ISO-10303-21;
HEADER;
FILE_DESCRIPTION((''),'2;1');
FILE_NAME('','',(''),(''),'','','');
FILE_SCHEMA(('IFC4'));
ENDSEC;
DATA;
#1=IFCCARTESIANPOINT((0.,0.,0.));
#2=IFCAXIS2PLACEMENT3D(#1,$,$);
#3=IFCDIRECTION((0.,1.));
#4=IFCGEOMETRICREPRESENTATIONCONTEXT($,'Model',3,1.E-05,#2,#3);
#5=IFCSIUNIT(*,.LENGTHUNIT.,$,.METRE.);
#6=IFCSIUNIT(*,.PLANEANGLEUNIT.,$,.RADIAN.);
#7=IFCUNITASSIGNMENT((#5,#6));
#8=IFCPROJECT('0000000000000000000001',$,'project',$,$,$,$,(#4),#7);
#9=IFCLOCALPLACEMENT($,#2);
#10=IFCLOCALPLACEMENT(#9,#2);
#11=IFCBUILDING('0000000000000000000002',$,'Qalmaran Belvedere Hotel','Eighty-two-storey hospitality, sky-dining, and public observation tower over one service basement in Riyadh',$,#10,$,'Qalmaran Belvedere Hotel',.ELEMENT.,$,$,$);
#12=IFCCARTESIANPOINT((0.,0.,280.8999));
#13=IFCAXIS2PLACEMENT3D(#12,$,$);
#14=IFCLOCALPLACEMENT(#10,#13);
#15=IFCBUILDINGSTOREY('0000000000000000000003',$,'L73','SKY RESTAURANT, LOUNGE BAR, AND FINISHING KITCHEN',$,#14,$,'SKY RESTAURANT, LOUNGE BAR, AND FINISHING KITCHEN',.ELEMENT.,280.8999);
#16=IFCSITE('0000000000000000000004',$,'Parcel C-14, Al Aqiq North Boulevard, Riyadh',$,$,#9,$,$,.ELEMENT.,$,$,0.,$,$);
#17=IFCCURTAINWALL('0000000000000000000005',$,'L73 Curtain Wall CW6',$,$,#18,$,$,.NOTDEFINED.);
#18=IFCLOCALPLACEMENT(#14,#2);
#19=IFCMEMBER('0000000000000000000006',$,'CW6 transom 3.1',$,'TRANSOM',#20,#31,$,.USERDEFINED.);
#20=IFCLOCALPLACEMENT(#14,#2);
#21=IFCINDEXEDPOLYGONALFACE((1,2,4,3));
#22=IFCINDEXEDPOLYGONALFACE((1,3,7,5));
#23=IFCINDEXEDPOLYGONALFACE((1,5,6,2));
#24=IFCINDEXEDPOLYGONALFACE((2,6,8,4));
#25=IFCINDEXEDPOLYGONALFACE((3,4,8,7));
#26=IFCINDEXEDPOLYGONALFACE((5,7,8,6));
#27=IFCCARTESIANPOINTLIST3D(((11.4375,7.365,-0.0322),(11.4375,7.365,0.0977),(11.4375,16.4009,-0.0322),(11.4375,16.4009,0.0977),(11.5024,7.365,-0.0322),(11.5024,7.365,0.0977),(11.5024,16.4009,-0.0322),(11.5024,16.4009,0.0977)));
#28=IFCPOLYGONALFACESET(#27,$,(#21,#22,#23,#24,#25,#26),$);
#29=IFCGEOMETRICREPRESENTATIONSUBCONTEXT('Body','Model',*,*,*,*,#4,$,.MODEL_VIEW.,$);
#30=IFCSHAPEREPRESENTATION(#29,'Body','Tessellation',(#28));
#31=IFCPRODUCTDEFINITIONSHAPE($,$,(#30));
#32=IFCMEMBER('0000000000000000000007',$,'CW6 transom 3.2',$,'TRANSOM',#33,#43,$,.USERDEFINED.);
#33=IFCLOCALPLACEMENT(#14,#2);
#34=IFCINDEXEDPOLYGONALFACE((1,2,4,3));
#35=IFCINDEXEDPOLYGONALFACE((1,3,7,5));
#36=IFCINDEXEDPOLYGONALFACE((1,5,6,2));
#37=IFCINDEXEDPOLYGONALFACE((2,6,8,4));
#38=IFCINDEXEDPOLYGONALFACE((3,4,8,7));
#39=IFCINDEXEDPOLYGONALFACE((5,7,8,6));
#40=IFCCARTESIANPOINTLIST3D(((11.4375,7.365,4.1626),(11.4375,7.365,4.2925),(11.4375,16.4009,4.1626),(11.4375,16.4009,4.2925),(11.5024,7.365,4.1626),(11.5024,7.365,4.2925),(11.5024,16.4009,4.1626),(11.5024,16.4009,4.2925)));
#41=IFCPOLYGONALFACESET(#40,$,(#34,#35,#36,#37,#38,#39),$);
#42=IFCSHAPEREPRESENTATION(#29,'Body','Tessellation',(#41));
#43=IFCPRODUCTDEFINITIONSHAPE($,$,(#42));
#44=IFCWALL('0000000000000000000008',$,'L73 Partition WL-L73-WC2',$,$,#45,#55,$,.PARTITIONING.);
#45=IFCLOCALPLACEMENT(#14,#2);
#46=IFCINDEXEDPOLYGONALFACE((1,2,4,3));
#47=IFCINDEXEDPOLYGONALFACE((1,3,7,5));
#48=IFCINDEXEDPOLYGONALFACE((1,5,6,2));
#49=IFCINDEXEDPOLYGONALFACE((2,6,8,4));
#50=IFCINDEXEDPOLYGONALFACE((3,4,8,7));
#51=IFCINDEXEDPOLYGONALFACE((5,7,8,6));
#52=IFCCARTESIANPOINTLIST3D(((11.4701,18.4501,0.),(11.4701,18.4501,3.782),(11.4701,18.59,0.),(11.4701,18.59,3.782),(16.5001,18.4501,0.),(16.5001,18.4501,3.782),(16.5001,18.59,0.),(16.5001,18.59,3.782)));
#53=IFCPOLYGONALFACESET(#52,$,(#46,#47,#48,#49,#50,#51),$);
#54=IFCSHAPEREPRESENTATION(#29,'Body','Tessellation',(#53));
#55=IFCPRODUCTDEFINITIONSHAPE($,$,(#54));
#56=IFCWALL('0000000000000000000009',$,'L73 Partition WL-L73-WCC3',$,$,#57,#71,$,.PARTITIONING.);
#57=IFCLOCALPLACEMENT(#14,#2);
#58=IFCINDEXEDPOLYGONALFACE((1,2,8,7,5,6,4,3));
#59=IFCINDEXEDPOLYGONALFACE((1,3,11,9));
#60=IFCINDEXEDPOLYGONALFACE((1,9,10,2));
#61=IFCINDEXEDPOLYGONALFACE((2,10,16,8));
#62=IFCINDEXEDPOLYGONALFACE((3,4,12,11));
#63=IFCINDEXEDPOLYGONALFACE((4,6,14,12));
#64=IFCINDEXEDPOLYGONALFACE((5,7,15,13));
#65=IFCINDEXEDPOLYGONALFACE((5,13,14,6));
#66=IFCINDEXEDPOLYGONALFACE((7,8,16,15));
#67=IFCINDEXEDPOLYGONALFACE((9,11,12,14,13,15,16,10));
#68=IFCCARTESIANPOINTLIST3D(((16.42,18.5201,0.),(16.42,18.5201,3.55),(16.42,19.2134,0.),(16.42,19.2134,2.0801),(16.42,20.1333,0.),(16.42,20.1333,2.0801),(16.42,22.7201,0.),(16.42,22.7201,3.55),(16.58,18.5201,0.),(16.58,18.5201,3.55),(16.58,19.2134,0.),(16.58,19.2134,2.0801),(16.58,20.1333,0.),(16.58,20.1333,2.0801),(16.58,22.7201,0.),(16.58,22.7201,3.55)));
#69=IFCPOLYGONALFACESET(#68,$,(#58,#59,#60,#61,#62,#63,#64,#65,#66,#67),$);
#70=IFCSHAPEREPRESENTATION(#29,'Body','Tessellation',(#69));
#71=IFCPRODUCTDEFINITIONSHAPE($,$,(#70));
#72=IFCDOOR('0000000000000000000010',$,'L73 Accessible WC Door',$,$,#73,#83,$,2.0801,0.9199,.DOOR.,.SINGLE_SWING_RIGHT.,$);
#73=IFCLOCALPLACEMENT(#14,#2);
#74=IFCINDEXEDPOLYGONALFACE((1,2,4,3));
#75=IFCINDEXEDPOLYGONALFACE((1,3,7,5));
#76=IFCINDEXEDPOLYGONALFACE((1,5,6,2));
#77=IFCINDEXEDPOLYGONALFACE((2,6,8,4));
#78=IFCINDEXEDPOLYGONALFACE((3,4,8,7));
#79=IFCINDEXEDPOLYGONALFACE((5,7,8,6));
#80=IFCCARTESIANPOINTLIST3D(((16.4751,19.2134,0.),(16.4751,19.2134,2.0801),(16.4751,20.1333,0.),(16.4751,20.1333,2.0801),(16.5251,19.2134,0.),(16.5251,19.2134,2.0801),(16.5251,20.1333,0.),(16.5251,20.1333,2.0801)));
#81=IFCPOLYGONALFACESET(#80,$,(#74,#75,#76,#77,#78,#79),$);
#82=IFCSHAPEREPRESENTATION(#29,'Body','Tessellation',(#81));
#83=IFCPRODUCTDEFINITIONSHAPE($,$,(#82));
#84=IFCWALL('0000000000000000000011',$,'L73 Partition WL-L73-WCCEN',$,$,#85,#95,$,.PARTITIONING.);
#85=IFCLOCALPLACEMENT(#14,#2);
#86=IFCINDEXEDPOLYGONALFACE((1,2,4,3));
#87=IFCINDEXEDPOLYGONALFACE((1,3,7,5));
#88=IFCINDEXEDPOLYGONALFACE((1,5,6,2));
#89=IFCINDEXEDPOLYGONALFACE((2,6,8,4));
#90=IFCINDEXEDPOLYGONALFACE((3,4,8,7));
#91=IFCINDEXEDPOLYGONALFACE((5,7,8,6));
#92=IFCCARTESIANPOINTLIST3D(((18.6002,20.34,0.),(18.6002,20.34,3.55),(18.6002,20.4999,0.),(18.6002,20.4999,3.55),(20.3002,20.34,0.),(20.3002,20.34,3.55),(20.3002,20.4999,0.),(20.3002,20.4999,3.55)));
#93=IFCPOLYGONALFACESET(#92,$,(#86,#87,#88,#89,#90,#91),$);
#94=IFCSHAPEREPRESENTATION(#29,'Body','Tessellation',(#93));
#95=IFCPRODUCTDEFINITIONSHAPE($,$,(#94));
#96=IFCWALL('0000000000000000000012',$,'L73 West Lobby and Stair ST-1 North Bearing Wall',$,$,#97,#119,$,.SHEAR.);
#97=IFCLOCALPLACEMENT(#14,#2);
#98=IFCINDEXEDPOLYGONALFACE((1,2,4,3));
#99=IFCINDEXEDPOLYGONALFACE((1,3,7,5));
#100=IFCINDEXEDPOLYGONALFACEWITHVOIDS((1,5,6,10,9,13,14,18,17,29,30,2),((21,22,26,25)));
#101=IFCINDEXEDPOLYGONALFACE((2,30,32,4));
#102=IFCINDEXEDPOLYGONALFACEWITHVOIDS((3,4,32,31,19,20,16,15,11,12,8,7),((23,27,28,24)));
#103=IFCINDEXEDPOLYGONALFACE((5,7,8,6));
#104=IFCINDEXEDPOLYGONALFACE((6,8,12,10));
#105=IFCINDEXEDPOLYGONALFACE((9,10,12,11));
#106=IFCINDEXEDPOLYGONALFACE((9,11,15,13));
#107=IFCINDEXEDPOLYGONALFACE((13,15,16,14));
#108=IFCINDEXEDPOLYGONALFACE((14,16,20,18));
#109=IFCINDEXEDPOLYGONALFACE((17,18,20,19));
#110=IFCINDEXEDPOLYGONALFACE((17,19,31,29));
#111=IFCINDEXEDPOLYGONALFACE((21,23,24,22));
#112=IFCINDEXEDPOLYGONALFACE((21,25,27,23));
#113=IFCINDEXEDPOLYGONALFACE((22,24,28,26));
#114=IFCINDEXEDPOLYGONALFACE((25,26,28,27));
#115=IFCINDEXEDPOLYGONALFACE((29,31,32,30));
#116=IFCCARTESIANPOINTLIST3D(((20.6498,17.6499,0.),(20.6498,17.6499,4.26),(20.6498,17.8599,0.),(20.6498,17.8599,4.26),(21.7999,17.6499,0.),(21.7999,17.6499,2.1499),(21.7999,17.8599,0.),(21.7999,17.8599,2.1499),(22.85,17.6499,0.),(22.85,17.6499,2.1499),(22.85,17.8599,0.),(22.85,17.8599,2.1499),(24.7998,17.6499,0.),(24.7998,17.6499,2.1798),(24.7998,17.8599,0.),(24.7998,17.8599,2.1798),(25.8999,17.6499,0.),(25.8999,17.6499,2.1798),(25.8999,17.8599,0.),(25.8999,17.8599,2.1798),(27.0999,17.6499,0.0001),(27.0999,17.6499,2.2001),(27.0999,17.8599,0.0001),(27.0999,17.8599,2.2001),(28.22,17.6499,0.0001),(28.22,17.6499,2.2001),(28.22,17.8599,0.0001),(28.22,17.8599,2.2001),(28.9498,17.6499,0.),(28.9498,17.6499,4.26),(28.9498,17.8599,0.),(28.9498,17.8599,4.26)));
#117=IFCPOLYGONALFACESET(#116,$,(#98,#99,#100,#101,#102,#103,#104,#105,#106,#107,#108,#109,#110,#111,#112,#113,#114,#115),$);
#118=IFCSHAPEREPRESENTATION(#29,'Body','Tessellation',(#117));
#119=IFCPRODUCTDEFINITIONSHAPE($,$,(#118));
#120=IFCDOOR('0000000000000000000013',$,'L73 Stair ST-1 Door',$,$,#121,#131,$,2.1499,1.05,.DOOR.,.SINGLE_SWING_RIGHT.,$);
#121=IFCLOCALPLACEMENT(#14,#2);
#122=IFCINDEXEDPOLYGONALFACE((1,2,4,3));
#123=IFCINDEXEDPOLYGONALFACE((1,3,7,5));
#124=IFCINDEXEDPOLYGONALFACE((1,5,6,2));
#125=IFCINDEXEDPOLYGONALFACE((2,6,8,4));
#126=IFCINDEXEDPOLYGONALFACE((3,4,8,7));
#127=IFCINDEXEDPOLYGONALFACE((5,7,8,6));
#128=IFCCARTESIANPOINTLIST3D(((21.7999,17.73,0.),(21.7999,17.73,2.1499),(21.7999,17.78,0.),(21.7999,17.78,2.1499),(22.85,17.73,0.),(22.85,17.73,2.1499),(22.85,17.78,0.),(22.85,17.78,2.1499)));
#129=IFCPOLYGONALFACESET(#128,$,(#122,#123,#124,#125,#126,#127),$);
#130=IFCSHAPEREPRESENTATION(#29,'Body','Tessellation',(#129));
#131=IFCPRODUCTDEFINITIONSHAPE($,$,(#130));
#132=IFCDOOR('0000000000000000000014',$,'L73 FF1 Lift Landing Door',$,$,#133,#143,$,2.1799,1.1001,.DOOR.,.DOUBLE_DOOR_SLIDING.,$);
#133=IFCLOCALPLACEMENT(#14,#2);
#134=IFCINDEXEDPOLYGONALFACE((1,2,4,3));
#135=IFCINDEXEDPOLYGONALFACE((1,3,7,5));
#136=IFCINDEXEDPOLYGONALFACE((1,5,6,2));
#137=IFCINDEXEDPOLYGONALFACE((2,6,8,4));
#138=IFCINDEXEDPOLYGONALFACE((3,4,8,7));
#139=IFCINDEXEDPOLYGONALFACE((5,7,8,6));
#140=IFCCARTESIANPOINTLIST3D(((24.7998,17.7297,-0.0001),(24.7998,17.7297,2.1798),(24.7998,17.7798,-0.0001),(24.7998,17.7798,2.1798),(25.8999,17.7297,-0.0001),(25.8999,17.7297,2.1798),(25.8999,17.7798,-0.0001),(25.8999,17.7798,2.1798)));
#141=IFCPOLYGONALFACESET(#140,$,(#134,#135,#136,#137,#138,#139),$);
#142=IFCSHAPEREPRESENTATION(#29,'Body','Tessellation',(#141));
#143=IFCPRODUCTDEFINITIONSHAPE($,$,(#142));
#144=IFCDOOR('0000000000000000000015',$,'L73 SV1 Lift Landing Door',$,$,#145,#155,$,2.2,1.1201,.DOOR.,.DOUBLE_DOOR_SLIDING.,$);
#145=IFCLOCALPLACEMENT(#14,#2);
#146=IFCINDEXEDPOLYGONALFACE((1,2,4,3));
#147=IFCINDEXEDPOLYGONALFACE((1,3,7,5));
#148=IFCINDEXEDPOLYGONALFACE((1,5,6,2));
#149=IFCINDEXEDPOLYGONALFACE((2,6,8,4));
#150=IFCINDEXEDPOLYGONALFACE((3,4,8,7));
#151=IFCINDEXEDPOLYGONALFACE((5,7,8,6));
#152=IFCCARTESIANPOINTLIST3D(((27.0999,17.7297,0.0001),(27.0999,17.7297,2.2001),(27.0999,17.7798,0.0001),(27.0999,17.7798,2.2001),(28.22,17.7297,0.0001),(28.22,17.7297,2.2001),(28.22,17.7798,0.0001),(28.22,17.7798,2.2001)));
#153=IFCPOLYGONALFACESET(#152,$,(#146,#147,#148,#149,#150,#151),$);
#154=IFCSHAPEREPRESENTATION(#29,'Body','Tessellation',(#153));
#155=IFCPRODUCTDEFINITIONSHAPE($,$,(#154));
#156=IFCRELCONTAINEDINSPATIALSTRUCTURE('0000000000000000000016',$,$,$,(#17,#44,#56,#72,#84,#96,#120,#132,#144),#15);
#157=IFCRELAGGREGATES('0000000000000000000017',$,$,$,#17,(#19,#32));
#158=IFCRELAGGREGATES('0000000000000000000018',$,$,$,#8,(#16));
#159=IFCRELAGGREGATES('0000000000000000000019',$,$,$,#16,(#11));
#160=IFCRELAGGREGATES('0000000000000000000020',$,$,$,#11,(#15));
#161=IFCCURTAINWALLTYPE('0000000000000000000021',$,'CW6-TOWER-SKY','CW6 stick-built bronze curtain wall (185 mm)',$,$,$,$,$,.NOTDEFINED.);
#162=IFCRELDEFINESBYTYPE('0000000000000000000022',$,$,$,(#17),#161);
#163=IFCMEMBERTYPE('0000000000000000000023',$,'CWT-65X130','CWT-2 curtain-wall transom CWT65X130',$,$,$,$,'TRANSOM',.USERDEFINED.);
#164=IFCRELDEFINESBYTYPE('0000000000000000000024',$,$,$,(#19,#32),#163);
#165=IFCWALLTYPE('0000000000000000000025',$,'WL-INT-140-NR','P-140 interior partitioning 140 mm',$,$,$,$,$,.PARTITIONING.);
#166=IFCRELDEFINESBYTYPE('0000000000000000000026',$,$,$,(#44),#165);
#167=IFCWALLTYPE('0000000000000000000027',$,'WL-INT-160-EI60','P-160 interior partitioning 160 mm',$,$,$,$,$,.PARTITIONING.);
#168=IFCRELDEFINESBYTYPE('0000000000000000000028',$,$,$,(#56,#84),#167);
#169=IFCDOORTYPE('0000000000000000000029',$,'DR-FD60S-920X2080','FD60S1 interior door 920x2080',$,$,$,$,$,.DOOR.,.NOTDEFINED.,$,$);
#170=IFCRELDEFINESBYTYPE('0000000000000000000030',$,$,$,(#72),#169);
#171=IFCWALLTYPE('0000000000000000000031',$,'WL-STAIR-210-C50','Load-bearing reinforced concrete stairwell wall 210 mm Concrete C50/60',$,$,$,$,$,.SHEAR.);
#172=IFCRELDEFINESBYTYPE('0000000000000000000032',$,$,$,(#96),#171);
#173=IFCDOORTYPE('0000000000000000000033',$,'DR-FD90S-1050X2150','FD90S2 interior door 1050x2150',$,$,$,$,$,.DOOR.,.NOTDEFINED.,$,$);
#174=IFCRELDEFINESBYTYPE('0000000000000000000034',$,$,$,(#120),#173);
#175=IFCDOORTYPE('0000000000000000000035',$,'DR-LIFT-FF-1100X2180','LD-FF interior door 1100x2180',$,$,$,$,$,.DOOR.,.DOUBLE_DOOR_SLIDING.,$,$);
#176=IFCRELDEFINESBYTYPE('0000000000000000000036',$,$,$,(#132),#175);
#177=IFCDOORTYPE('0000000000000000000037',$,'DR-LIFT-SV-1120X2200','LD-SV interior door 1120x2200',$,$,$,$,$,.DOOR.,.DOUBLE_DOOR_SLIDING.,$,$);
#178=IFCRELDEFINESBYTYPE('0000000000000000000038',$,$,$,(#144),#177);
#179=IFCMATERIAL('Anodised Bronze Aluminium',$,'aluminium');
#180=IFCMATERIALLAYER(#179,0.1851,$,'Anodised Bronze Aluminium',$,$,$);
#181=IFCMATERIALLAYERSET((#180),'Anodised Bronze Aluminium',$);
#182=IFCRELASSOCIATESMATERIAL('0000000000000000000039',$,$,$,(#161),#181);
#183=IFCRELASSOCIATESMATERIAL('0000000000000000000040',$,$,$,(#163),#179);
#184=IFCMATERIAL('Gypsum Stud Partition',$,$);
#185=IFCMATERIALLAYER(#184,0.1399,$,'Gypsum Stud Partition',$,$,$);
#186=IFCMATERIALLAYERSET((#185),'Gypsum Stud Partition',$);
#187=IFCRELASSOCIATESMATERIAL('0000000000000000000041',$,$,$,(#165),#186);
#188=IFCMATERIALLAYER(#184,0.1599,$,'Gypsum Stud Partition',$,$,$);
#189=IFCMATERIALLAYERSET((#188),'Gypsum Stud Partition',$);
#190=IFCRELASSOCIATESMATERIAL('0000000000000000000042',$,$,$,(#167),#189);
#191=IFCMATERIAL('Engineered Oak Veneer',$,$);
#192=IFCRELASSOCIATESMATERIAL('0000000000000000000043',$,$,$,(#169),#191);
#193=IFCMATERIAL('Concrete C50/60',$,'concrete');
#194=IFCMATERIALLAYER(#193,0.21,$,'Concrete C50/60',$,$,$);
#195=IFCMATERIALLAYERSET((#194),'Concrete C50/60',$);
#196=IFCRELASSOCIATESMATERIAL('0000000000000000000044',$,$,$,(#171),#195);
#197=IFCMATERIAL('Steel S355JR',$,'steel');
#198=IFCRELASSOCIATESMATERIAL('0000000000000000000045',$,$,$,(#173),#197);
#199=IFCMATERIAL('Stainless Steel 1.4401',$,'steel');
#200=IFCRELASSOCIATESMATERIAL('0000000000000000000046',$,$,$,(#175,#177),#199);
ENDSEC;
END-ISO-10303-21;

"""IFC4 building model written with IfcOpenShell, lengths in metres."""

from ifc_helpers import new_model, si_unit, direction, frame, frame_2d, origin, origin_2d, place, context, subcontext, project, spatial, rectangle, extrude, material, layer, layer_set, material_profile, profile_set, type_object, element, fill, aggregate, save


model = new_model("IFC4")

# Units and contexts
model_context = context("Model", 3, precision=1e-05, world=origin(), true_north=direction((0.0, 1.0)))
body_context = subcontext(model_context, "Body", "Model", "MODEL_VIEW")
ifc_project = project(units=[si_unit("LENGTHUNIT", "METRE"), si_unit("PLANEANGLEUNIT", "RADIAN")], contexts=[model_context])

# Site, building, storey
site_placement = place(None, origin())
site = spatial("IfcSite", under=ifc_project, at=site_placement, Name="Parcel C-14, Al Aqiq North Boulevard, Riyadh", CompositionType="ELEMENT", RefElevation=0.0)
building_placement = place(site_placement, origin())
building = spatial("IfcBuilding", under=site, at=building_placement, Name="Qalmaran Belvedere Hotel", Description="Eighty-two-storey hospitality, sky-dining, and public observation tower over one service basement in Riyadh", LongName="Qalmaran Belvedere Hotel", CompositionType="ELEMENT")
storey_placement = place(building_placement, frame((0.0, 0.0, 280.8999)))
storey = spatial("IfcBuildingStorey", under=building, at=storey_placement, Name="L73", Description="SKY RESTAURANT, LOUNGE BAR, AND FINISHING KITCHEN", LongName="SKY RESTAURANT, LOUNGE BAR, AND FINISHING KITCHEN", CompositionType="ELEMENT", Elevation=280.8999)

# Shared definitions
ifc_material_1 = material(Name="Concrete C50/60", Category="concrete")

# Shared definitions
ifc_material_2 = material(Name="Steel S355JR", Category="steel")

# Curtain wall, members
ifc_material_3 = material(Name="Anodised Bronze Aluminium", Category="aluminium")
ifc_layer_1 = layer(ifc_material_3, 0.1851, Name="Anodised Bronze Aluminium")
ifc_layer_set_1 = layer_set([ifc_layer_1], Name="Anodised Bronze Aluminium")
curtain_wall_type = type_object("IfcCurtainWallType", Name="CW6-TOWER-SKY", Description="CW6 stick-built bronze curtain wall (185 mm)", PredefinedType="NOTDEFINED", material=ifc_layer_set_1)
curtain_wall_placement = place(storey_placement, origin())
curtain_wall = element("IfcCurtainWall", 1, at=curtain_wall_placement, inside=storey, type_object=curtain_wall_type, Name="L73 Curtain Wall CW6", PredefinedType="NOTDEFINED")
ifc_material_profile_1 = material_profile(ifc_material_3, rectangle(XDim=0.0649, YDim=0.1299, at=origin_2d()), Name="CWT65X130")
ifc_profile_set_1 = profile_set([ifc_material_profile_1], Name="Anodised Bronze Aluminium")
member_type_1 = type_object("IfcMemberType", Name="CWT-65X130", Description="CWT-2 curtain-wall transom CWT65X130", ElementType="TRANSOM", PredefinedType="USERDEFINED", material=ifc_profile_set_1)
member_1_placement = place(storey_placement, frame((11.47, 16.4009, 0.0327), z_axis=(0.0, -1.0, 0.0), x_axis=(1.0, 0.0, 0.0)))
member_1 = element("IfcMember", 2, at=member_1_placement, type_object=member_type_1, Name="CW6 transom 3.1", ObjectType="TRANSOM", PredefinedType="USERDEFINED", context=body_context, shape_type="SweptSolid", body=[
    extrude(rectangle(XDim=0.0649, YDim=0.1299, at=origin_2d()), origin(), (0.0, 0.0, 1.0), 9.0359),
])
member_2_placement = place(storey_placement, frame((11.47, 16.4009, 4.2275), z_axis=(0.0, -1.0, 0.0), x_axis=(1.0, 0.0, 0.0)))
member_2 = element("IfcMember", 3, at=member_2_placement, type_object=member_type_1, Name="CW6 transom 3.2", ObjectType="TRANSOM", PredefinedType="USERDEFINED", context=body_context, shape_type="SweptSolid", body=[
    extrude(rectangle(XDim=0.0649, YDim=0.1299, at=origin_2d()), origin(), (0.0, 0.0, 1.0), 9.0359),
])
aggregate(curtain_wall, [member_1, member_2])

# Wall
ifc_material_4 = material(Name="Gypsum Stud Partition")
ifc_layer_2 = layer(ifc_material_4, 0.1399, Name="Gypsum Stud Partition")
ifc_layer_set_2 = layer_set([ifc_layer_2], Name="Gypsum Stud Partition")
wall_type_1 = type_object("IfcWallType", Name="WL-INT-140-NR", Description="P-140 interior partitioning 140 mm", PredefinedType="PARTITIONING", material=ifc_layer_set_2)
wall_1_placement = place(storey_placement, frame((11.47, 18.52, 0.0), z_axis=(0.0, 0.0, 1.0), x_axis=(1.0, 0.0, 0.0)))
element("IfcWall", 4, at=wall_1_placement, inside=storey, type_object=wall_type_1, Name="L73 Partition WL-L73-WC2", PredefinedType="PARTITIONING", context=body_context, shape_type="SweptSolid", body=[
    extrude(rectangle(XDim=5.03, YDim=0.1399, at=frame_2d((2.5151, 0.0))), origin(), (0.0, 0.0, 1.0), 3.782),
])

# Wall, opening, door
ifc_layer_3 = layer(ifc_material_4, 0.1599, Name="Gypsum Stud Partition")
ifc_layer_set_3 = layer_set([ifc_layer_3], Name="Gypsum Stud Partition")
wall_type_2 = type_object("IfcWallType", Name="WL-INT-160-EI60", Description="P-160 interior partitioning 160 mm", PredefinedType="PARTITIONING", material=ifc_layer_set_3)
wall_2_placement = place(storey_placement, frame((16.5, 18.52, 0.0), z_axis=(0.0, 0.0, 1.0), x_axis=(0.0, 1.0, 0.0)))
wall_2 = element("IfcWall", 5, at=wall_2_placement, inside=storey, type_object=wall_type_2, Name="L73 Partition WL-L73-WCC3", PredefinedType="PARTITIONING", context=body_context, shape_type="SweptSolid", body=[
    extrude(rectangle(XDim=4.2, YDim=0.1599, at=frame_2d((2.1001, 0.0))), origin(), (0.0, 0.0, 1.0), 3.55),
])
opening_1_placement = place(wall_2_placement, frame((0.6934, 0.0, 0.0)))
opening_1 = element("IfcOpeningElement", 6, at=opening_1_placement, cuts=wall_2, PredefinedType="OPENING", context=body_context, shape_type="SweptSolid", body=[
    extrude(rectangle(XDim=0.9199, YDim=2.0801, at=frame_2d((0.46, 1.04))), frame((0.0, 0.0898, 0.0), z_axis=(0.0, -1.0, 0.0), x_axis=(1.0, 0.0, 0.0)), (0.0, 0.0, 1.0), 0.1799),
])
ifc_material_5 = material(Name="Engineered Oak Veneer")
door_type_1 = type_object("IfcDoorType", Name="DR-FD60S-920X2080", Description="FD60S1 interior door 920x2080", OperationType="NOTDEFINED", PredefinedType="DOOR", material=ifc_material_5)
door_1_placement = place(opening_1_placement, origin())
door_1 = element("IfcDoor", 7, at=door_1_placement, inside=storey, type_object=door_type_1, Name="L73 Accessible WC Door", OperationType="SINGLE_SWING_RIGHT", OverallHeight=2.0801, OverallWidth=0.9199, PredefinedType="DOOR", context=body_context, shape_type="SweptSolid", body=[
    extrude(rectangle(XDim=0.9199, YDim=2.0801, at=frame_2d((0.46, 1.04))), frame((0.0, 0.0249, 0.0), z_axis=(0.0, -1.0, 0.0), x_axis=(1.0, 0.0, 0.0)), (0.0, 0.0, 1.0), 0.05),
])
fill(opening_1, door_1)

# Wall
wall_3_placement = place(storey_placement, frame((18.6001, 20.4199, 0.0), z_axis=(0.0, 0.0, 1.0), x_axis=(1.0, 0.0, 0.0)))
element("IfcWall", 8, at=wall_3_placement, inside=storey, type_object=wall_type_2, Name="L73 Partition WL-L73-WCCEN", PredefinedType="PARTITIONING", context=body_context, shape_type="SweptSolid", body=[
    extrude(rectangle(XDim=1.7, YDim=0.1599, at=frame_2d((0.8501, 0.0))), origin(), (0.0, 0.0, 1.0), 3.55),
])

# Wall, openings, doors
ifc_layer_4 = layer(ifc_material_1, 0.21, Name="Concrete C50/60")
ifc_layer_set_4 = layer_set([ifc_layer_4], Name="Concrete C50/60")
wall_type_3 = type_object("IfcWallType", Name="WL-STAIR-210-C50", Description="Load-bearing reinforced concrete stairwell wall 210 mm Concrete C50/60", PredefinedType="SHEAR", material=ifc_layer_set_4)
wall_4_placement = place(storey_placement, frame((20.6499, 17.7549, 0.0), z_axis=(0.0, 0.0, 1.0), x_axis=(1.0, 0.0, 0.0)))
wall_4 = element("IfcWall", 9, at=wall_4_placement, inside=storey, type_object=wall_type_3, Name="L73 West Lobby and Stair ST-1 North Bearing Wall", PredefinedType="SHEAR", context=body_context, shape_type="SweptSolid", body=[
    extrude(rectangle(XDim=8.3, YDim=0.21, at=frame_2d((4.1499, 0.0))), origin(), (0.0, 0.0, 1.0), 4.26),
])
opening_2_placement = place(wall_4_placement, frame((2.2, 0.0, 0.0), z_axis=(0.0, 0.0, 1.0), x_axis=(-1.0, 0.0, 0.0)))
opening_2 = element("IfcOpeningElement", 10, at=opening_2_placement, cuts=wall_4, PredefinedType="OPENING", context=body_context, shape_type="SweptSolid", body=[
    extrude(rectangle(XDim=1.05, YDim=2.1499, at=frame_2d((0.5249, 1.075))), frame((0.0, 0.115, 0.0), z_axis=(0.0, -1.0, 0.0), x_axis=(1.0, 0.0, 0.0)), (0.0, 0.0, 1.0), 0.23),
])
opening_3_placement = place(wall_4_placement, frame((4.1499, 0.0, 0.0)))
opening_3 = element("IfcOpeningElement", 11, at=opening_3_placement, cuts=wall_4, PredefinedType="OPENING", context=body_context, shape_type="SweptSolid", body=[
    extrude(rectangle(XDim=1.1001, YDim=2.1799, at=frame_2d((0.55, 1.0898))), frame((0.0, 0.115, 0.0), z_axis=(0.0, -1.0, 0.0), x_axis=(1.0, 0.0, 0.0)), (0.0, 0.0, 1.0), 0.23),
])
opening_4_placement = place(wall_4_placement, frame((6.45, 0.0, 0.0)))
opening_4 = element("IfcOpeningElement", 12, at=opening_4_placement, cuts=wall_4, PredefinedType="OPENING", context=body_context, shape_type="SweptSolid", body=[
    extrude(rectangle(XDim=1.1201, YDim=2.2, at=frame_2d((0.5601, 1.1001))), frame((0.0, 0.115, 0.0), z_axis=(0.0, -1.0, 0.0), x_axis=(1.0, 0.0, 0.0)), (0.0, 0.0, 1.0), 0.23),
])
door_type_2 = type_object("IfcDoorType", Name="DR-FD90S-1050X2150", Description="FD90S2 interior door 1050x2150", OperationType="NOTDEFINED", PredefinedType="DOOR", material=ifc_material_2)
door_2_placement = place(opening_2_placement, origin())
door_2 = element("IfcDoor", 13, at=door_2_placement, inside=storey, type_object=door_type_2, Name="L73 Stair ST-1 Door", OperationType="SINGLE_SWING_RIGHT", OverallHeight=2.1499, OverallWidth=1.05, PredefinedType="DOOR", context=body_context, shape_type="SweptSolid", body=[
    extrude(rectangle(XDim=1.05, YDim=2.1499, at=frame_2d((0.5249, 1.075))), frame((0.0, 0.0249, 0.0), z_axis=(0.0, -1.0, 0.0), x_axis=(1.0, 0.0, 0.0)), (0.0, 0.0, 1.0), 0.05),
])
fill(opening_2, door_2)
ifc_material_6 = material(Name="Stainless Steel 1.4401", Category="steel")
door_type_3 = type_object("IfcDoorType", Name="DR-LIFT-FF-1100X2180", Description="LD-FF interior door 1100x2180", OperationType="DOUBLE_DOOR_SLIDING", PredefinedType="DOOR", material=ifc_material_6)
door_3_placement = place(opening_3_placement, origin())
door_3 = element("IfcDoor", 14, at=door_3_placement, inside=storey, type_object=door_type_3, Name="L73 FF1 Lift Landing Door", OperationType="DOUBLE_DOOR_SLIDING", OverallHeight=2.1799, OverallWidth=1.1001, PredefinedType="DOOR", context=body_context, shape_type="SweptSolid", body=[
    extrude(rectangle(XDim=1.1001, YDim=2.1799, at=frame_2d((0.55, 1.0898))), frame((0.0, 0.0249, 0.0), z_axis=(0.0, -1.0, 0.0), x_axis=(1.0, 0.0, 0.0)), (0.0, 0.0, 1.0), 0.05),
])
fill(opening_3, door_3)
door_type_4 = type_object("IfcDoorType", Name="DR-LIFT-SV-1120X2200", Description="LD-SV interior door 1120x2200", OperationType="DOUBLE_DOOR_SLIDING", PredefinedType="DOOR", material=ifc_material_6)
door_4_placement = place(opening_4_placement, origin())
door_4 = element("IfcDoor", 15, at=door_4_placement, inside=storey, type_object=door_type_4, Name="L73 SV1 Lift Landing Door", OperationType="DOUBLE_DOOR_SLIDING", OverallHeight=2.2, OverallWidth=1.1201, PredefinedType="DOOR", context=body_context, shape_type="SweptSolid", body=[
    extrude(rectangle(XDim=1.1201, YDim=2.2, at=frame_2d((0.5601, 1.1001))), frame((0.0, 0.0249, 0.0), z_axis=(0.0, -1.0, 0.0), x_axis=(1.0, 0.0, 0.0)), (0.0, 0.0, 1.0), 0.05),
])
fill(opening_4, door_4)

save(model, "model.ifc")
